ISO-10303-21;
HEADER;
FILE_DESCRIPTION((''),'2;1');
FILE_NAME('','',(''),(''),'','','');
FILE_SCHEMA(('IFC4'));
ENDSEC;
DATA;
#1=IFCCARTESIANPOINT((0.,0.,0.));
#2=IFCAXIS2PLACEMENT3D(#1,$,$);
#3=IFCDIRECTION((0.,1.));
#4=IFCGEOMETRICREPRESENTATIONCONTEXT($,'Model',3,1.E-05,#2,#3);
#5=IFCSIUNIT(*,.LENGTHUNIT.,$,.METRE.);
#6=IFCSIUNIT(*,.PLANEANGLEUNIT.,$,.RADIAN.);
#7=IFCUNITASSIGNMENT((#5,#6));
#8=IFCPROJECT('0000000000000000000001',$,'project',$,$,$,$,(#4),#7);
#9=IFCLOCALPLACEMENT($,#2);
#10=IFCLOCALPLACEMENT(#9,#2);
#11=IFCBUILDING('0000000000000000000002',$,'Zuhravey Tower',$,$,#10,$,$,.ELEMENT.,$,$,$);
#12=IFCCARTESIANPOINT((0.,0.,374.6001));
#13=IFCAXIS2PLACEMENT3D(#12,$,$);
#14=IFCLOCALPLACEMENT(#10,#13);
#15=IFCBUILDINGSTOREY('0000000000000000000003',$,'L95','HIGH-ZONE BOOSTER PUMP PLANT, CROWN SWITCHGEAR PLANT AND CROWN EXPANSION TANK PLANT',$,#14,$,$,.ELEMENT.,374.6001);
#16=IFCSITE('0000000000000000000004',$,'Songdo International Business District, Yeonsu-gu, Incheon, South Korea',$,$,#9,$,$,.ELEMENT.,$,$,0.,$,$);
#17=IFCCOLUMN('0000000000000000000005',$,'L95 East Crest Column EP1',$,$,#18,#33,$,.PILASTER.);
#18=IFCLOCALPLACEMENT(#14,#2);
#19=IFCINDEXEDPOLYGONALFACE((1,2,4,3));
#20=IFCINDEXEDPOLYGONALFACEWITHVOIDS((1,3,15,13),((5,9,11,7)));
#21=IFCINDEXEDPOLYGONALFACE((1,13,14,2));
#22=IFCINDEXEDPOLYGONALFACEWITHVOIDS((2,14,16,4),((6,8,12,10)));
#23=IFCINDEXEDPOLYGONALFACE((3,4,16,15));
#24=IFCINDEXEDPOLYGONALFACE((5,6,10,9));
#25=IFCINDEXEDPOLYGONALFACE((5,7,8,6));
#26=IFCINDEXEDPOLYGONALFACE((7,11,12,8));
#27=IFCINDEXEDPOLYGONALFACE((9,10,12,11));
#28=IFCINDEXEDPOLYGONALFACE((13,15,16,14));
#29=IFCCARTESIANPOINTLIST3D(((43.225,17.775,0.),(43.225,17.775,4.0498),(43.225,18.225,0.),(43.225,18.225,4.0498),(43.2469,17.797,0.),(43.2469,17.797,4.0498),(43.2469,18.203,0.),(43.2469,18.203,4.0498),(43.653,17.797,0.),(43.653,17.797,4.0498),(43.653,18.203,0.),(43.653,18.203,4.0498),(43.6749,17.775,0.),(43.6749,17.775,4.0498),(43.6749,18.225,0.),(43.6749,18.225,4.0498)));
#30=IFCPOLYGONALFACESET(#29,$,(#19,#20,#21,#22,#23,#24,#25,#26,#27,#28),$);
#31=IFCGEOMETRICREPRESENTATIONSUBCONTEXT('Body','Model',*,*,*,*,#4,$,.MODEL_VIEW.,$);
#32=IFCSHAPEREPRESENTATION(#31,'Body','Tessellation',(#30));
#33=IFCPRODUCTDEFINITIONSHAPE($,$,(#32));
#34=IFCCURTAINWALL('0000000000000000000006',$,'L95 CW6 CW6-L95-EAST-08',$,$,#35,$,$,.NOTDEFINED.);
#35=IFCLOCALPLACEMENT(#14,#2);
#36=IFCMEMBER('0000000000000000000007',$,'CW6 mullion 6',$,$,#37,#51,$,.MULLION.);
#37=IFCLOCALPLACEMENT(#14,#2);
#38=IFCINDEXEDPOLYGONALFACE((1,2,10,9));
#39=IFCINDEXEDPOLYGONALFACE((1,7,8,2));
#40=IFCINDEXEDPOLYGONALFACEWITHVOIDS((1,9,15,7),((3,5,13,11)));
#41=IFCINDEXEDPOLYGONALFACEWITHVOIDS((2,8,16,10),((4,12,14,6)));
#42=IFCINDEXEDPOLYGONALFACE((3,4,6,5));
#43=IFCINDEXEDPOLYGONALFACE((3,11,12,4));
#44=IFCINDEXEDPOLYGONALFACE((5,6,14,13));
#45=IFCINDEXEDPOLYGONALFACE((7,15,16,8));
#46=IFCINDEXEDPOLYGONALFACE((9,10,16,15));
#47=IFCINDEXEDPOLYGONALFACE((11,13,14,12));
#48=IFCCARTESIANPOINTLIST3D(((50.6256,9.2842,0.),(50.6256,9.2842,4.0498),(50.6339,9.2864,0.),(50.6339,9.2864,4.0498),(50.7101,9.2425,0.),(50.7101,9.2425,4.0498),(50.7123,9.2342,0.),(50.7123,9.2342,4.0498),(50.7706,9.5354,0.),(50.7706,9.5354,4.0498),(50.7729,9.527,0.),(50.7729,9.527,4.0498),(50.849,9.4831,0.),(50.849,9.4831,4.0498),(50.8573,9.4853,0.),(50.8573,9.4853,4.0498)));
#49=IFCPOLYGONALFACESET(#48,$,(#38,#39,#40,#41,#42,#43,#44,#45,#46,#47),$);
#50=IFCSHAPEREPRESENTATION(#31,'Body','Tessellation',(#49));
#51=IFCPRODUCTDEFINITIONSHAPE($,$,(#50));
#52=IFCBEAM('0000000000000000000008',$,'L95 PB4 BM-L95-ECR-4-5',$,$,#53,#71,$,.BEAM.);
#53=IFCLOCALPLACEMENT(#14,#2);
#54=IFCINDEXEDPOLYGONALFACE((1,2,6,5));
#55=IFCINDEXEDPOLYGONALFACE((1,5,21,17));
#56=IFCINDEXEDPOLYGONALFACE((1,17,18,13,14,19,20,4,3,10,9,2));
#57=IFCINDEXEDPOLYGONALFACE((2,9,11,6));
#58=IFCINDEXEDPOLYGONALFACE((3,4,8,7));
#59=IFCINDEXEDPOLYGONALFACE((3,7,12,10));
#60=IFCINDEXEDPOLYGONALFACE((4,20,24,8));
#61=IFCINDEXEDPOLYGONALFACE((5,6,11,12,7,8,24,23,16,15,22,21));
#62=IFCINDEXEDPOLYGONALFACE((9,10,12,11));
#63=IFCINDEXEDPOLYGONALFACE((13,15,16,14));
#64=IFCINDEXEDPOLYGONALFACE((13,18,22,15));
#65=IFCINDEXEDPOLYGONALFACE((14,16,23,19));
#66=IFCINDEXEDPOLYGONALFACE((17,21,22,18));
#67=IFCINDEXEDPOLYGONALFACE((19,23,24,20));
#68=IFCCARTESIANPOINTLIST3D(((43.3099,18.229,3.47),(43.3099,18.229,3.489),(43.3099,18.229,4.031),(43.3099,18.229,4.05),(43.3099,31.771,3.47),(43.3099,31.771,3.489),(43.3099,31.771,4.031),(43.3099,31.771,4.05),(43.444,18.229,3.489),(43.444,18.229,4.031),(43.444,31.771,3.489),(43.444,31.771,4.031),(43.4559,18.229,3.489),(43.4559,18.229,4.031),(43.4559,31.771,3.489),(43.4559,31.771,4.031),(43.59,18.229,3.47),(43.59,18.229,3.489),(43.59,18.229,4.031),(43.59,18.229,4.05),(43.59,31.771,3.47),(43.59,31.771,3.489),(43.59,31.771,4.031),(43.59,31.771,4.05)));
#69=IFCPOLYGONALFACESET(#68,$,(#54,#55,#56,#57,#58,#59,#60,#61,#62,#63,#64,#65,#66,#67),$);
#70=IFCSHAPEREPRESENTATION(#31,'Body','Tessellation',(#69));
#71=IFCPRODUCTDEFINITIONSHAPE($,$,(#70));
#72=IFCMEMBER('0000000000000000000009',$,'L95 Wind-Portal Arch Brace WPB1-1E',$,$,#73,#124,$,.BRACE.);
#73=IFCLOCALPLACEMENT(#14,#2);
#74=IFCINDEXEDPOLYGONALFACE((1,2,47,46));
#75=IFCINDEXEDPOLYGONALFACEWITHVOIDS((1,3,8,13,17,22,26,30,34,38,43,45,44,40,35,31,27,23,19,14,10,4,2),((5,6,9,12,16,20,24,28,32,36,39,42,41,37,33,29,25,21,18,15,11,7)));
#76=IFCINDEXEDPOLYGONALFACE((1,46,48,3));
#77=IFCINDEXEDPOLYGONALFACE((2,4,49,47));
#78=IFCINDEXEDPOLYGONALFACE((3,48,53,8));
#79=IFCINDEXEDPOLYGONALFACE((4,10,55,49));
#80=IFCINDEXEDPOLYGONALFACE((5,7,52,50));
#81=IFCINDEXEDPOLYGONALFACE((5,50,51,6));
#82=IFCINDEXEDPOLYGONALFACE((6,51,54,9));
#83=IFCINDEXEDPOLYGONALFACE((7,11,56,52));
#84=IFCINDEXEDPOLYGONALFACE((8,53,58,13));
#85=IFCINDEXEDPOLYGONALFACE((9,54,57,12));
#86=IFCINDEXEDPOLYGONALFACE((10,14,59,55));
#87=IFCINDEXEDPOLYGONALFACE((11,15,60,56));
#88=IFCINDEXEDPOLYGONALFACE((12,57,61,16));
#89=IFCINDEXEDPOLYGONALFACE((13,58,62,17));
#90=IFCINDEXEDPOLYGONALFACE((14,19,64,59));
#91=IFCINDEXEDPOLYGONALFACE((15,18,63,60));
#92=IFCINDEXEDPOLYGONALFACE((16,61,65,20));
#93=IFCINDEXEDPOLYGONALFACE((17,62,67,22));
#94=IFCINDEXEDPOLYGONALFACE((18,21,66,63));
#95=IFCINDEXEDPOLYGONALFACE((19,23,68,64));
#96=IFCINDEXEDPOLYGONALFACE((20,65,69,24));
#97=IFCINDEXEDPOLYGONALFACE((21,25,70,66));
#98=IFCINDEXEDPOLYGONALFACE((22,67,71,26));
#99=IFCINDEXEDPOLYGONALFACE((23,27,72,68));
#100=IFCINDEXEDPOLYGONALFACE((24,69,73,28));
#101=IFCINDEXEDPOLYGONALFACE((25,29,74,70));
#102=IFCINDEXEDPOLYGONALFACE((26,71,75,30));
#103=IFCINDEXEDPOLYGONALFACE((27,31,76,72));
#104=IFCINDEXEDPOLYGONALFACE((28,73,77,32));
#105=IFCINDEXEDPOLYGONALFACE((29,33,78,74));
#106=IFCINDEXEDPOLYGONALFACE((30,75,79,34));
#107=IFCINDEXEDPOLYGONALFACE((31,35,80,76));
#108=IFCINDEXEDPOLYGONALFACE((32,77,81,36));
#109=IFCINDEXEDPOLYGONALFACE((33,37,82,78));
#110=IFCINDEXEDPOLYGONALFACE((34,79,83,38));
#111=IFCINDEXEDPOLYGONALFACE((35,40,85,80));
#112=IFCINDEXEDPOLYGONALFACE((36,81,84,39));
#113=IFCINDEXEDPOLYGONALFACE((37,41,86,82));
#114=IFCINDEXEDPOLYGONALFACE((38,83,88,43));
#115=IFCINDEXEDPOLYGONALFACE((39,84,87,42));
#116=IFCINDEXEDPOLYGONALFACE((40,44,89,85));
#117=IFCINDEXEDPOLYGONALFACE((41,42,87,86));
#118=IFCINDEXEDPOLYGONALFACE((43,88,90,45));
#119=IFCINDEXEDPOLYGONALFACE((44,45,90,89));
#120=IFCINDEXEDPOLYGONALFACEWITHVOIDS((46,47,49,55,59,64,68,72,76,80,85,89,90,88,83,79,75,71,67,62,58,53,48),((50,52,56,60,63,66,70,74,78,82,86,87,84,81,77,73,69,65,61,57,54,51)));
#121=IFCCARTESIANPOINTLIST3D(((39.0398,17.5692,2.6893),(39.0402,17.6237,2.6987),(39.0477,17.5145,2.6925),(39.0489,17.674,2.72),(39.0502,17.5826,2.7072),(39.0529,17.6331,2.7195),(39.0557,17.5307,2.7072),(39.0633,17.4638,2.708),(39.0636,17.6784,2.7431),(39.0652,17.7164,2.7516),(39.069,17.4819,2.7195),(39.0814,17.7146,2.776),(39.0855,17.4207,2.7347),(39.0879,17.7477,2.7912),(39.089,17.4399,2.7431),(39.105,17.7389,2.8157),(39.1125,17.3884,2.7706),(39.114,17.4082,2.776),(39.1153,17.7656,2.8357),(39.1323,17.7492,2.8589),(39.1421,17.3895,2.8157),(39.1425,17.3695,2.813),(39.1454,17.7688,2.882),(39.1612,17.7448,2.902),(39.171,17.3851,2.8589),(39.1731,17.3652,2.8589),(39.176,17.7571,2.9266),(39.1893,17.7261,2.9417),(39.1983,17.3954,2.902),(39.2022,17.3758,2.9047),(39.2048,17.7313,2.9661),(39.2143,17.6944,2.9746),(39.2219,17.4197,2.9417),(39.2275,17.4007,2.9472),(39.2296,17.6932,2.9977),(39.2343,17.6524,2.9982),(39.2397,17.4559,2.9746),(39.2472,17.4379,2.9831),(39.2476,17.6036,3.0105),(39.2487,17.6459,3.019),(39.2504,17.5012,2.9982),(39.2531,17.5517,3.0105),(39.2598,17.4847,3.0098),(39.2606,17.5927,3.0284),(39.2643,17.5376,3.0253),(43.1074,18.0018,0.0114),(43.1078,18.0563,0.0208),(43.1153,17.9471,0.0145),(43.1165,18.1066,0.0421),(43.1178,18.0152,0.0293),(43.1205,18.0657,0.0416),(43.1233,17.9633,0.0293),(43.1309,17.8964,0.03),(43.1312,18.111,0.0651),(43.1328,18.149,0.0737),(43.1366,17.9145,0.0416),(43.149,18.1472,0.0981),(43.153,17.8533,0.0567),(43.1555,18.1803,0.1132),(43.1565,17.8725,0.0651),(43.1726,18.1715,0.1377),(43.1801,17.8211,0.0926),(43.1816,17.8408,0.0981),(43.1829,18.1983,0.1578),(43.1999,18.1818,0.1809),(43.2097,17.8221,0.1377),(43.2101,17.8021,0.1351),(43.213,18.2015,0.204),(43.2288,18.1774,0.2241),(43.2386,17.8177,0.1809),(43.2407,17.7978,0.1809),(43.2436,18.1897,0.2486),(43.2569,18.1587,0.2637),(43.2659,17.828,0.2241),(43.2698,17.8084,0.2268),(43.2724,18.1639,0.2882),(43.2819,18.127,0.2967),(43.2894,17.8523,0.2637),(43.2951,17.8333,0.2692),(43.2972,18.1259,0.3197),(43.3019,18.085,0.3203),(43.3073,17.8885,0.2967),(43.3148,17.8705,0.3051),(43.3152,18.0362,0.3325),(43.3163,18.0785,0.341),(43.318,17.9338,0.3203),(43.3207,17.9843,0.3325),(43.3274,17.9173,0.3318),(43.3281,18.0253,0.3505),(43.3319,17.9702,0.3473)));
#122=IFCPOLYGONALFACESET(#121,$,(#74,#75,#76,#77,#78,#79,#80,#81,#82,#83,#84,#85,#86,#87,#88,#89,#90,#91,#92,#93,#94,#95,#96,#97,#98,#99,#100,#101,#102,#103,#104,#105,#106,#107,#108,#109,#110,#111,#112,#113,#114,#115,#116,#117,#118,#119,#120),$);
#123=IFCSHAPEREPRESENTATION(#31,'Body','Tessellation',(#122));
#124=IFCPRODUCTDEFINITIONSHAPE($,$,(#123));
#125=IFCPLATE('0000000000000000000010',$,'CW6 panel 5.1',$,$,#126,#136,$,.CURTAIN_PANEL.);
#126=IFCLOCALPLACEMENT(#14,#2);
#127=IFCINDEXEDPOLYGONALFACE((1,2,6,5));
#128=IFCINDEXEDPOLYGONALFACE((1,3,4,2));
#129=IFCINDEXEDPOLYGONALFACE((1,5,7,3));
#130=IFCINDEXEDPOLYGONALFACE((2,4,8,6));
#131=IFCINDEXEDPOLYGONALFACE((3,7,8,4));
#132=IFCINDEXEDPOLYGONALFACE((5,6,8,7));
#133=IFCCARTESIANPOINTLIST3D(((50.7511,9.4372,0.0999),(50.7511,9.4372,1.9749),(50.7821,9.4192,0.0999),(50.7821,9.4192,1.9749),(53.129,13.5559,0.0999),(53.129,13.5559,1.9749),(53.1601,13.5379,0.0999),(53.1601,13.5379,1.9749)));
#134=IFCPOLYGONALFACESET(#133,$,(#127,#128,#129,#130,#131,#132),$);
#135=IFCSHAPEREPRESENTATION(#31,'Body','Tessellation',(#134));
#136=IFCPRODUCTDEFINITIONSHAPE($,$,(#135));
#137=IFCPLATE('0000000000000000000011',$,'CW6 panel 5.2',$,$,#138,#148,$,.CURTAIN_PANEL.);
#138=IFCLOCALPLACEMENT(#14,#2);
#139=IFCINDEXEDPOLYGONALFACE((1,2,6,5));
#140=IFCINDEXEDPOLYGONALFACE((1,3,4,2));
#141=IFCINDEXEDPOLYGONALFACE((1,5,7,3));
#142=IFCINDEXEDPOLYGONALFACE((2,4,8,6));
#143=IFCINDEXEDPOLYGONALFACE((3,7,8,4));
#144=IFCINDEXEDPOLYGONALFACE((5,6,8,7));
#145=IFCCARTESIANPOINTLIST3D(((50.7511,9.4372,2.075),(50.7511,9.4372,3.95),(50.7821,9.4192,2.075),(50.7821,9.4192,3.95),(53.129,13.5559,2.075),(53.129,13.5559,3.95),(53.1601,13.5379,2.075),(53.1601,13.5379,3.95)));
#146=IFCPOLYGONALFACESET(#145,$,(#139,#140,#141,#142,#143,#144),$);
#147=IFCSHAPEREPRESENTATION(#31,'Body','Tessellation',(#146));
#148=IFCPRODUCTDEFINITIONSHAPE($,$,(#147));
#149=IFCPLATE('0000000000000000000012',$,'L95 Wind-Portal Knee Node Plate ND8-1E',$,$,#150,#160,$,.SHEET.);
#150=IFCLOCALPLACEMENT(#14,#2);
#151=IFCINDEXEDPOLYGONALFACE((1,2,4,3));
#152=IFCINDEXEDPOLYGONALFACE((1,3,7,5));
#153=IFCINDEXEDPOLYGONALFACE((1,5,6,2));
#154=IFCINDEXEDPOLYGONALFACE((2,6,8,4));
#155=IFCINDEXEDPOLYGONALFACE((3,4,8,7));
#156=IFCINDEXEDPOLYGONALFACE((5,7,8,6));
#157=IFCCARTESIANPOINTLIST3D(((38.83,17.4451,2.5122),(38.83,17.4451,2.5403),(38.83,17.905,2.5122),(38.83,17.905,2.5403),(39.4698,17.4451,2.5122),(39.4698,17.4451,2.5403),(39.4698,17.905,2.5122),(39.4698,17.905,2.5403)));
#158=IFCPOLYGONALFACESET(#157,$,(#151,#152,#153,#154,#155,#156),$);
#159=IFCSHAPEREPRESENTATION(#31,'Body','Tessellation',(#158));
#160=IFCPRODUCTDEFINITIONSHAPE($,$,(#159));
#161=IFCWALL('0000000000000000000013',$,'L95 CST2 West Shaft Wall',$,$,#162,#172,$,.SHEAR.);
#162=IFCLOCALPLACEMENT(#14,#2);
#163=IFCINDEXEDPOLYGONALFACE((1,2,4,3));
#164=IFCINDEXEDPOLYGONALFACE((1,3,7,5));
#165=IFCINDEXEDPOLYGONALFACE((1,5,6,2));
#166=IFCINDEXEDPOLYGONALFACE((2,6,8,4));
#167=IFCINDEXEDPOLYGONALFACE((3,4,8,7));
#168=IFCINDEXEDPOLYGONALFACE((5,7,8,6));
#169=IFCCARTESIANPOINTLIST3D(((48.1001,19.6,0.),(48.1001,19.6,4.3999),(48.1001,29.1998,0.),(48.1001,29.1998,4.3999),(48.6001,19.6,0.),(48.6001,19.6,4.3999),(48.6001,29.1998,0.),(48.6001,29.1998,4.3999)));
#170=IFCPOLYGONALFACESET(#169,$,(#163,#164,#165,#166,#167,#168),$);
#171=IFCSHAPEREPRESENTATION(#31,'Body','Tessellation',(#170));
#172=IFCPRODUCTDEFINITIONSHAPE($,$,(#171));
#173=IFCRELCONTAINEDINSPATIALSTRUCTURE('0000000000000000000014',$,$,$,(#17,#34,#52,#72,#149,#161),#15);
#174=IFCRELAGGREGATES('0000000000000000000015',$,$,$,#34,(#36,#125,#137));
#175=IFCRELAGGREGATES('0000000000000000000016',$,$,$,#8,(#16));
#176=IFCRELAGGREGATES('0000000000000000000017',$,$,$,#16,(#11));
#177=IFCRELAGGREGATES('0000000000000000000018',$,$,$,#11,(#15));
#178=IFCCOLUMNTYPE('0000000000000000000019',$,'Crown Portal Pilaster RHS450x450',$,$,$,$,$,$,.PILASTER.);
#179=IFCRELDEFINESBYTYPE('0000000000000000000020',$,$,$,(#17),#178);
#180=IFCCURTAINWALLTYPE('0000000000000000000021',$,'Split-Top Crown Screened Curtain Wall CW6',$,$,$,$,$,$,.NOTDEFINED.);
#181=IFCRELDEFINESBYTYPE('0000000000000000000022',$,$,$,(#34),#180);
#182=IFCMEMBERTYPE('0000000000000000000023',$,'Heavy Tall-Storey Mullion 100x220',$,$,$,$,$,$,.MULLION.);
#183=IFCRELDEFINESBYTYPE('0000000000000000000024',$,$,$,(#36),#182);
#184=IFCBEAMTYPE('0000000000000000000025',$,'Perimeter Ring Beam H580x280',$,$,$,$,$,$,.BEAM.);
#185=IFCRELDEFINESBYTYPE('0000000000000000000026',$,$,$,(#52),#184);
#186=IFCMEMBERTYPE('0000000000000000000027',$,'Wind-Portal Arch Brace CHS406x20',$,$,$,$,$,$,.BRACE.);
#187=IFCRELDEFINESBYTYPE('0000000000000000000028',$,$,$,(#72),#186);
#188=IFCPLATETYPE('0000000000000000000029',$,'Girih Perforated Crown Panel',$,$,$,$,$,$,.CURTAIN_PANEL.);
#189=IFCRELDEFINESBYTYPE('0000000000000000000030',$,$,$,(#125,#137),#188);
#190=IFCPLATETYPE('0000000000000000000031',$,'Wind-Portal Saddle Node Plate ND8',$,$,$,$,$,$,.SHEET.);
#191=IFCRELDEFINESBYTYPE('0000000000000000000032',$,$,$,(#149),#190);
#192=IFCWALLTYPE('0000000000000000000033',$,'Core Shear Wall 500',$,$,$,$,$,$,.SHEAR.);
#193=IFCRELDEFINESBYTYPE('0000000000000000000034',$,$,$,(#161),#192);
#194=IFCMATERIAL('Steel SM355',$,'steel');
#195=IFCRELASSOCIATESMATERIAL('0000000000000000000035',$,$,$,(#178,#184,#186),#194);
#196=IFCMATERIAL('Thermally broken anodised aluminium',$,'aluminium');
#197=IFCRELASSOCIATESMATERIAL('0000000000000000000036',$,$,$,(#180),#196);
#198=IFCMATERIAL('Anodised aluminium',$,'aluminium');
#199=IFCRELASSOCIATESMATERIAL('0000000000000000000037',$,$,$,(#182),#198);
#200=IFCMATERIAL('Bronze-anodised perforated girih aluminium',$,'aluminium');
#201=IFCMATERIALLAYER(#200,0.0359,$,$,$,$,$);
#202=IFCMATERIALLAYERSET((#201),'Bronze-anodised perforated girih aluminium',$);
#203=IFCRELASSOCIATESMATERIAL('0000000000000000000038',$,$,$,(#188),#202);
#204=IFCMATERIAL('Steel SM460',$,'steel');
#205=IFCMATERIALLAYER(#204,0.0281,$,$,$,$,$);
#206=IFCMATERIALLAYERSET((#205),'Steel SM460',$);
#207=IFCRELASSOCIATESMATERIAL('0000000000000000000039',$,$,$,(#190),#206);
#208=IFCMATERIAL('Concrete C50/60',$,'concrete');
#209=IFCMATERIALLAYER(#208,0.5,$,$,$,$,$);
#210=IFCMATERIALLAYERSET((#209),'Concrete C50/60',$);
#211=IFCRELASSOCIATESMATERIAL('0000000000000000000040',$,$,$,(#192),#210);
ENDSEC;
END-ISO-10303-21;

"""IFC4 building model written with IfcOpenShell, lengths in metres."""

from ifc_helpers import new_model, si_unit, direction, frame, frame_2d, origin, origin_2d, place, context, subcontext, project, spatial, rectangle, hollow_rectangle, hollow_circle, i_section, extrude, material, layer, layer_set, material_profile, profile_set, type_object, element, aggregate, save


model = new_model("IFC4")

# Units and contexts
model_context = context("Model", 3, precision=1e-05, world=origin(), true_north=direction((0.0, 1.0)))
body_context = subcontext(model_context, "Body", "Model", "MODEL_VIEW")
ifc_project = project(units=[si_unit("LENGTHUNIT", "METRE"), si_unit("PLANEANGLEUNIT", "RADIAN")], contexts=[model_context])

# Site, building, storey
site_placement = place(None, origin())
site = spatial("IfcSite", under=ifc_project, at=site_placement, Name="Songdo International Business District, Yeonsu-gu, Incheon, South Korea", CompositionType="ELEMENT", RefElevation=0.0)
building_placement = place(site_placement, origin())
building = spatial("IfcBuilding", under=site, at=building_placement, Name="Zuhravey Tower", CompositionType="ELEMENT")
storey_placement = place(building_placement, frame((0.0, 0.0, 374.6001)))
storey = spatial("IfcBuildingStorey", under=building, at=storey_placement, Name="L95", Description="HIGH-ZONE BOOSTER PUMP PLANT, CROWN SWITCHGEAR PLANT AND CROWN EXPANSION TANK PLANT", CompositionType="ELEMENT", Elevation=374.6001)

# Column
ifc_material_1 = material(Name="Steel SM355", Category="steel")
ifc_material_profile_1 = material_profile(ifc_material_1, hollow_rectangle(XDim=0.45, YDim=0.45, WallThickness=0.022, at=origin_2d()), Name="RHS-450x450x22")
ifc_profile_set_1 = profile_set([ifc_material_profile_1], Name="Steel SM355")
column_type = type_object("IfcColumnType", Name="Crown Portal Pilaster RHS450x450", PredefinedType="PILASTER", material=ifc_profile_set_1)
column_placement = place(storey_placement, frame((43.45, 18.0, 0.0), z_axis=(0.0, 0.0, 1.0), x_axis=(1.0, 0.0, 0.0)))
element("IfcColumn", 1, at=column_placement, inside=storey, type_object=column_type, Name="L95 East Crest Column EP1", PredefinedType="PILASTER", context=body_context, shape_type="SweptSolid", body=[
    extrude(hollow_rectangle(XDim=0.45, YDim=0.45, WallThickness=0.022, at=origin_2d()), origin(), (0.0, 0.0, 1.0), 4.0498),
])

# Curtain wall, member
ifc_material_2 = material(Name="Thermally broken anodised aluminium", Category="aluminium")
curtain_wall_type = type_object("IfcCurtainWallType", Name="Split-Top Crown Screened Curtain Wall CW6", PredefinedType="NOTDEFINED", material=ifc_material_2)
curtain_wall_placement = place(storey_placement, origin())
curtain_wall = element("IfcCurtainWall", 2, at=curtain_wall_placement, inside=storey, type_object=curtain_wall_type, Name="L95 CW6 CW6-L95-EAST-08", PredefinedType="NOTDEFINED")
ifc_material_3 = material(Name="Anodised aluminium", Category="aluminium")
ifc_material_profile_2 = material_profile(ifc_material_3, hollow_rectangle(XDim=0.1001, YDim=0.29, WallThickness=0.0061, at=origin_2d()), Name="ALU-RHS-100x290x6")
ifc_profile_set_2 = profile_set([ifc_material_profile_2], Name="Anodised aluminium")
member_type_1 = type_object("IfcMemberType", Name="Heavy Tall-Storey Mullion 100x220", PredefinedType="MULLION", material=ifc_profile_set_2)
member_1_placement = place(storey_placement, frame((50.7415, 9.3848, 0.0), z_axis=(0.0, 0.0, 1.0), x_axis=(0.866027, -0.499997, 0.0)))
member_1 = element("IfcMember", 3, at=member_1_placement, type_object=member_type_1, Name="CW6 mullion 6", PredefinedType="MULLION", context=body_context, shape_type="SweptSolid", body=[
    extrude(hollow_rectangle(XDim=0.1001, YDim=0.29, WallThickness=0.0061, at=origin_2d()), origin(), (0.0, 0.0, 1.0), 4.0498),
])

# Beam
ifc_material_profile_3 = material_profile(ifc_material_1, i_section(OverallWidth=0.28, OverallDepth=0.5801, WebThickness=0.012, FlangeThickness=0.019, at=origin_2d()), Name="H-580x280x12x19")
ifc_profile_set_3 = profile_set([ifc_material_profile_3], Name="Steel SM355")
beam_type = type_object("IfcBeamType", Name="Perimeter Ring Beam H580x280", PredefinedType="BEAM", material=ifc_profile_set_3)
beam_placement = place(storey_placement, frame((43.45, 18.229, 3.76), z_axis=(0.0, 1.0, 0.0), x_axis=(-1.0, 0.0, 0.0)))
element("IfcBeam", 4, at=beam_placement, inside=storey, type_object=beam_type, Name="L95 PB4 BM-L95-ECR-4-5", PredefinedType="BEAM", context=body_context, shape_type="SweptSolid", body=[
    extrude(i_section(OverallWidth=0.28, OverallDepth=0.5801, WebThickness=0.012, FlangeThickness=0.019, at=origin_2d()), origin(), (0.0, 0.0, 1.0), 13.542),
])

# Member
ifc_material_profile_4 = material_profile(ifc_material_1, hollow_circle(Radius=0.2031, WallThickness=0.02, at=origin_2d()), Name="CHS-406.4x20")
ifc_profile_set_4 = profile_set([ifc_material_profile_4], Name="Steel SM355")
member_type_2 = type_object("IfcMemberType", Name="Wind-Portal Arch Brace CHS406x20", PredefinedType="BRACE", material=ifc_profile_set_4)
member_2_placement = place(storey_placement, frame((43.2192, 17.9998, 0.1809), z_axis=(-0.831961, -0.088484, 0.547733), x_axis=(0.10576, -0.994392, 0.0)))
element("IfcMember", 5, at=member_2_placement, inside=storey, type_object=member_type_2, Name="L95 Wind-Portal Arch Brace WPB1-1E", PredefinedType="BRACE", context=body_context, shape_type="SweptSolid", body=[
    extrude(hollow_circle(Radius=0.2031, WallThickness=0.02, at=origin_2d()), origin(), (0.0, 0.0, 1.0), 4.8892),
])

# Plates
ifc_material_4 = material(Name="Bronze-anodised perforated girih aluminium", Category="aluminium")
ifc_layer_1 = layer(ifc_material_4, 0.0359)
ifc_layer_set_1 = layer_set([ifc_layer_1], Name="Bronze-anodised perforated girih aluminium")
plate_type_1 = type_object("IfcPlateType", Name="Girih Perforated Crown Panel", PredefinedType="CURTAIN_PANEL", material=ifc_layer_set_1)
plate_1_placement = place(storey_placement, frame((51.9556, 11.4875, 0.0999), z_axis=(0.0, 0.0, 1.0), x_axis=(-0.499997, -0.866027, 0.0)))
plate_1 = element("IfcPlate", 6, at=plate_1_placement, type_object=plate_type_1, Name="CW6 panel 5.1", PredefinedType="CURTAIN_PANEL", context=body_context, shape_type="SweptSolid", body=[
    extrude(rectangle(XDim=4.7559, YDim=0.0359, at=origin_2d()), origin(), (0.0, 0.0, 1.0), 1.875),
])
plate_2_placement = place(storey_placement, frame((51.9556, 11.4875, 2.075), z_axis=(0.0, 0.0, 1.0), x_axis=(-0.499997, -0.866027, 0.0)))
plate_2 = element("IfcPlate", 7, at=plate_2_placement, type_object=plate_type_1, Name="CW6 panel 5.2", PredefinedType="CURTAIN_PANEL", context=body_context, shape_type="SweptSolid", body=[
    extrude(rectangle(XDim=4.7559, YDim=0.0359, at=origin_2d()), origin(), (0.0, 0.0, 1.0), 1.875),
])
aggregate(curtain_wall, [member_1, plate_1, plate_2])
ifc_material_5 = material(Name="Steel SM460", Category="steel")
ifc_layer_2 = layer(ifc_material_5, 0.0281)
ifc_layer_set_2 = layer_set([ifc_layer_2], Name="Steel SM460")
plate_type_2 = type_object("IfcPlateType", Name="Wind-Portal Saddle Node Plate ND8", PredefinedType="SHEET", material=ifc_layer_set_2)
plate_3_placement = place(storey_placement, frame((39.1499, 17.675, 2.5122), z_axis=(0.0, 0.0, 1.0), x_axis=(1.0, 0.0, 0.0)))
element("IfcPlate", 8, at=plate_3_placement, inside=storey, type_object=plate_type_2, Name="L95 Wind-Portal Knee Node Plate ND8-1E", PredefinedType="SHEET", context=body_context, shape_type="SweptSolid", body=[
    extrude(rectangle(XDim=0.6399, YDim=0.46, at=origin_2d()), origin(), (0.0, 0.0, 1.0), 0.0281),
])

# Shared definitions
ifc_material_6 = material(Name="Concrete C50/60", Category="concrete")
ifc_layer_3 = layer(ifc_material_6, 0.5)
ifc_layer_set_3 = layer_set([ifc_layer_3], Name="Concrete C50/60")
wall_type_1 = type_object("IfcWallType", Name="Core Shear Wall 500", PredefinedType="SHEAR", material=ifc_layer_set_3)

# Wall
wall_1_placement = place(storey_placement, frame((48.3501, 19.6001, 0.0), z_axis=(0.0, 0.0, 1.0), x_axis=(0.0, 1.0, 0.0)))
element("IfcWall", 9, at=wall_1_placement, inside=storey, type_object=wall_type_1, Name="L95 CST2 West Shaft Wall", PredefinedType="SHEAR", context=body_context, shape_type="SweptSolid", body=[
    extrude(rectangle(XDim=9.5999, YDim=0.5, at=frame_2d((4.7998, 0.0))), origin(), (0.0, 0.0, 1.0), 4.3999),
])

save(model, "model.ifc")
